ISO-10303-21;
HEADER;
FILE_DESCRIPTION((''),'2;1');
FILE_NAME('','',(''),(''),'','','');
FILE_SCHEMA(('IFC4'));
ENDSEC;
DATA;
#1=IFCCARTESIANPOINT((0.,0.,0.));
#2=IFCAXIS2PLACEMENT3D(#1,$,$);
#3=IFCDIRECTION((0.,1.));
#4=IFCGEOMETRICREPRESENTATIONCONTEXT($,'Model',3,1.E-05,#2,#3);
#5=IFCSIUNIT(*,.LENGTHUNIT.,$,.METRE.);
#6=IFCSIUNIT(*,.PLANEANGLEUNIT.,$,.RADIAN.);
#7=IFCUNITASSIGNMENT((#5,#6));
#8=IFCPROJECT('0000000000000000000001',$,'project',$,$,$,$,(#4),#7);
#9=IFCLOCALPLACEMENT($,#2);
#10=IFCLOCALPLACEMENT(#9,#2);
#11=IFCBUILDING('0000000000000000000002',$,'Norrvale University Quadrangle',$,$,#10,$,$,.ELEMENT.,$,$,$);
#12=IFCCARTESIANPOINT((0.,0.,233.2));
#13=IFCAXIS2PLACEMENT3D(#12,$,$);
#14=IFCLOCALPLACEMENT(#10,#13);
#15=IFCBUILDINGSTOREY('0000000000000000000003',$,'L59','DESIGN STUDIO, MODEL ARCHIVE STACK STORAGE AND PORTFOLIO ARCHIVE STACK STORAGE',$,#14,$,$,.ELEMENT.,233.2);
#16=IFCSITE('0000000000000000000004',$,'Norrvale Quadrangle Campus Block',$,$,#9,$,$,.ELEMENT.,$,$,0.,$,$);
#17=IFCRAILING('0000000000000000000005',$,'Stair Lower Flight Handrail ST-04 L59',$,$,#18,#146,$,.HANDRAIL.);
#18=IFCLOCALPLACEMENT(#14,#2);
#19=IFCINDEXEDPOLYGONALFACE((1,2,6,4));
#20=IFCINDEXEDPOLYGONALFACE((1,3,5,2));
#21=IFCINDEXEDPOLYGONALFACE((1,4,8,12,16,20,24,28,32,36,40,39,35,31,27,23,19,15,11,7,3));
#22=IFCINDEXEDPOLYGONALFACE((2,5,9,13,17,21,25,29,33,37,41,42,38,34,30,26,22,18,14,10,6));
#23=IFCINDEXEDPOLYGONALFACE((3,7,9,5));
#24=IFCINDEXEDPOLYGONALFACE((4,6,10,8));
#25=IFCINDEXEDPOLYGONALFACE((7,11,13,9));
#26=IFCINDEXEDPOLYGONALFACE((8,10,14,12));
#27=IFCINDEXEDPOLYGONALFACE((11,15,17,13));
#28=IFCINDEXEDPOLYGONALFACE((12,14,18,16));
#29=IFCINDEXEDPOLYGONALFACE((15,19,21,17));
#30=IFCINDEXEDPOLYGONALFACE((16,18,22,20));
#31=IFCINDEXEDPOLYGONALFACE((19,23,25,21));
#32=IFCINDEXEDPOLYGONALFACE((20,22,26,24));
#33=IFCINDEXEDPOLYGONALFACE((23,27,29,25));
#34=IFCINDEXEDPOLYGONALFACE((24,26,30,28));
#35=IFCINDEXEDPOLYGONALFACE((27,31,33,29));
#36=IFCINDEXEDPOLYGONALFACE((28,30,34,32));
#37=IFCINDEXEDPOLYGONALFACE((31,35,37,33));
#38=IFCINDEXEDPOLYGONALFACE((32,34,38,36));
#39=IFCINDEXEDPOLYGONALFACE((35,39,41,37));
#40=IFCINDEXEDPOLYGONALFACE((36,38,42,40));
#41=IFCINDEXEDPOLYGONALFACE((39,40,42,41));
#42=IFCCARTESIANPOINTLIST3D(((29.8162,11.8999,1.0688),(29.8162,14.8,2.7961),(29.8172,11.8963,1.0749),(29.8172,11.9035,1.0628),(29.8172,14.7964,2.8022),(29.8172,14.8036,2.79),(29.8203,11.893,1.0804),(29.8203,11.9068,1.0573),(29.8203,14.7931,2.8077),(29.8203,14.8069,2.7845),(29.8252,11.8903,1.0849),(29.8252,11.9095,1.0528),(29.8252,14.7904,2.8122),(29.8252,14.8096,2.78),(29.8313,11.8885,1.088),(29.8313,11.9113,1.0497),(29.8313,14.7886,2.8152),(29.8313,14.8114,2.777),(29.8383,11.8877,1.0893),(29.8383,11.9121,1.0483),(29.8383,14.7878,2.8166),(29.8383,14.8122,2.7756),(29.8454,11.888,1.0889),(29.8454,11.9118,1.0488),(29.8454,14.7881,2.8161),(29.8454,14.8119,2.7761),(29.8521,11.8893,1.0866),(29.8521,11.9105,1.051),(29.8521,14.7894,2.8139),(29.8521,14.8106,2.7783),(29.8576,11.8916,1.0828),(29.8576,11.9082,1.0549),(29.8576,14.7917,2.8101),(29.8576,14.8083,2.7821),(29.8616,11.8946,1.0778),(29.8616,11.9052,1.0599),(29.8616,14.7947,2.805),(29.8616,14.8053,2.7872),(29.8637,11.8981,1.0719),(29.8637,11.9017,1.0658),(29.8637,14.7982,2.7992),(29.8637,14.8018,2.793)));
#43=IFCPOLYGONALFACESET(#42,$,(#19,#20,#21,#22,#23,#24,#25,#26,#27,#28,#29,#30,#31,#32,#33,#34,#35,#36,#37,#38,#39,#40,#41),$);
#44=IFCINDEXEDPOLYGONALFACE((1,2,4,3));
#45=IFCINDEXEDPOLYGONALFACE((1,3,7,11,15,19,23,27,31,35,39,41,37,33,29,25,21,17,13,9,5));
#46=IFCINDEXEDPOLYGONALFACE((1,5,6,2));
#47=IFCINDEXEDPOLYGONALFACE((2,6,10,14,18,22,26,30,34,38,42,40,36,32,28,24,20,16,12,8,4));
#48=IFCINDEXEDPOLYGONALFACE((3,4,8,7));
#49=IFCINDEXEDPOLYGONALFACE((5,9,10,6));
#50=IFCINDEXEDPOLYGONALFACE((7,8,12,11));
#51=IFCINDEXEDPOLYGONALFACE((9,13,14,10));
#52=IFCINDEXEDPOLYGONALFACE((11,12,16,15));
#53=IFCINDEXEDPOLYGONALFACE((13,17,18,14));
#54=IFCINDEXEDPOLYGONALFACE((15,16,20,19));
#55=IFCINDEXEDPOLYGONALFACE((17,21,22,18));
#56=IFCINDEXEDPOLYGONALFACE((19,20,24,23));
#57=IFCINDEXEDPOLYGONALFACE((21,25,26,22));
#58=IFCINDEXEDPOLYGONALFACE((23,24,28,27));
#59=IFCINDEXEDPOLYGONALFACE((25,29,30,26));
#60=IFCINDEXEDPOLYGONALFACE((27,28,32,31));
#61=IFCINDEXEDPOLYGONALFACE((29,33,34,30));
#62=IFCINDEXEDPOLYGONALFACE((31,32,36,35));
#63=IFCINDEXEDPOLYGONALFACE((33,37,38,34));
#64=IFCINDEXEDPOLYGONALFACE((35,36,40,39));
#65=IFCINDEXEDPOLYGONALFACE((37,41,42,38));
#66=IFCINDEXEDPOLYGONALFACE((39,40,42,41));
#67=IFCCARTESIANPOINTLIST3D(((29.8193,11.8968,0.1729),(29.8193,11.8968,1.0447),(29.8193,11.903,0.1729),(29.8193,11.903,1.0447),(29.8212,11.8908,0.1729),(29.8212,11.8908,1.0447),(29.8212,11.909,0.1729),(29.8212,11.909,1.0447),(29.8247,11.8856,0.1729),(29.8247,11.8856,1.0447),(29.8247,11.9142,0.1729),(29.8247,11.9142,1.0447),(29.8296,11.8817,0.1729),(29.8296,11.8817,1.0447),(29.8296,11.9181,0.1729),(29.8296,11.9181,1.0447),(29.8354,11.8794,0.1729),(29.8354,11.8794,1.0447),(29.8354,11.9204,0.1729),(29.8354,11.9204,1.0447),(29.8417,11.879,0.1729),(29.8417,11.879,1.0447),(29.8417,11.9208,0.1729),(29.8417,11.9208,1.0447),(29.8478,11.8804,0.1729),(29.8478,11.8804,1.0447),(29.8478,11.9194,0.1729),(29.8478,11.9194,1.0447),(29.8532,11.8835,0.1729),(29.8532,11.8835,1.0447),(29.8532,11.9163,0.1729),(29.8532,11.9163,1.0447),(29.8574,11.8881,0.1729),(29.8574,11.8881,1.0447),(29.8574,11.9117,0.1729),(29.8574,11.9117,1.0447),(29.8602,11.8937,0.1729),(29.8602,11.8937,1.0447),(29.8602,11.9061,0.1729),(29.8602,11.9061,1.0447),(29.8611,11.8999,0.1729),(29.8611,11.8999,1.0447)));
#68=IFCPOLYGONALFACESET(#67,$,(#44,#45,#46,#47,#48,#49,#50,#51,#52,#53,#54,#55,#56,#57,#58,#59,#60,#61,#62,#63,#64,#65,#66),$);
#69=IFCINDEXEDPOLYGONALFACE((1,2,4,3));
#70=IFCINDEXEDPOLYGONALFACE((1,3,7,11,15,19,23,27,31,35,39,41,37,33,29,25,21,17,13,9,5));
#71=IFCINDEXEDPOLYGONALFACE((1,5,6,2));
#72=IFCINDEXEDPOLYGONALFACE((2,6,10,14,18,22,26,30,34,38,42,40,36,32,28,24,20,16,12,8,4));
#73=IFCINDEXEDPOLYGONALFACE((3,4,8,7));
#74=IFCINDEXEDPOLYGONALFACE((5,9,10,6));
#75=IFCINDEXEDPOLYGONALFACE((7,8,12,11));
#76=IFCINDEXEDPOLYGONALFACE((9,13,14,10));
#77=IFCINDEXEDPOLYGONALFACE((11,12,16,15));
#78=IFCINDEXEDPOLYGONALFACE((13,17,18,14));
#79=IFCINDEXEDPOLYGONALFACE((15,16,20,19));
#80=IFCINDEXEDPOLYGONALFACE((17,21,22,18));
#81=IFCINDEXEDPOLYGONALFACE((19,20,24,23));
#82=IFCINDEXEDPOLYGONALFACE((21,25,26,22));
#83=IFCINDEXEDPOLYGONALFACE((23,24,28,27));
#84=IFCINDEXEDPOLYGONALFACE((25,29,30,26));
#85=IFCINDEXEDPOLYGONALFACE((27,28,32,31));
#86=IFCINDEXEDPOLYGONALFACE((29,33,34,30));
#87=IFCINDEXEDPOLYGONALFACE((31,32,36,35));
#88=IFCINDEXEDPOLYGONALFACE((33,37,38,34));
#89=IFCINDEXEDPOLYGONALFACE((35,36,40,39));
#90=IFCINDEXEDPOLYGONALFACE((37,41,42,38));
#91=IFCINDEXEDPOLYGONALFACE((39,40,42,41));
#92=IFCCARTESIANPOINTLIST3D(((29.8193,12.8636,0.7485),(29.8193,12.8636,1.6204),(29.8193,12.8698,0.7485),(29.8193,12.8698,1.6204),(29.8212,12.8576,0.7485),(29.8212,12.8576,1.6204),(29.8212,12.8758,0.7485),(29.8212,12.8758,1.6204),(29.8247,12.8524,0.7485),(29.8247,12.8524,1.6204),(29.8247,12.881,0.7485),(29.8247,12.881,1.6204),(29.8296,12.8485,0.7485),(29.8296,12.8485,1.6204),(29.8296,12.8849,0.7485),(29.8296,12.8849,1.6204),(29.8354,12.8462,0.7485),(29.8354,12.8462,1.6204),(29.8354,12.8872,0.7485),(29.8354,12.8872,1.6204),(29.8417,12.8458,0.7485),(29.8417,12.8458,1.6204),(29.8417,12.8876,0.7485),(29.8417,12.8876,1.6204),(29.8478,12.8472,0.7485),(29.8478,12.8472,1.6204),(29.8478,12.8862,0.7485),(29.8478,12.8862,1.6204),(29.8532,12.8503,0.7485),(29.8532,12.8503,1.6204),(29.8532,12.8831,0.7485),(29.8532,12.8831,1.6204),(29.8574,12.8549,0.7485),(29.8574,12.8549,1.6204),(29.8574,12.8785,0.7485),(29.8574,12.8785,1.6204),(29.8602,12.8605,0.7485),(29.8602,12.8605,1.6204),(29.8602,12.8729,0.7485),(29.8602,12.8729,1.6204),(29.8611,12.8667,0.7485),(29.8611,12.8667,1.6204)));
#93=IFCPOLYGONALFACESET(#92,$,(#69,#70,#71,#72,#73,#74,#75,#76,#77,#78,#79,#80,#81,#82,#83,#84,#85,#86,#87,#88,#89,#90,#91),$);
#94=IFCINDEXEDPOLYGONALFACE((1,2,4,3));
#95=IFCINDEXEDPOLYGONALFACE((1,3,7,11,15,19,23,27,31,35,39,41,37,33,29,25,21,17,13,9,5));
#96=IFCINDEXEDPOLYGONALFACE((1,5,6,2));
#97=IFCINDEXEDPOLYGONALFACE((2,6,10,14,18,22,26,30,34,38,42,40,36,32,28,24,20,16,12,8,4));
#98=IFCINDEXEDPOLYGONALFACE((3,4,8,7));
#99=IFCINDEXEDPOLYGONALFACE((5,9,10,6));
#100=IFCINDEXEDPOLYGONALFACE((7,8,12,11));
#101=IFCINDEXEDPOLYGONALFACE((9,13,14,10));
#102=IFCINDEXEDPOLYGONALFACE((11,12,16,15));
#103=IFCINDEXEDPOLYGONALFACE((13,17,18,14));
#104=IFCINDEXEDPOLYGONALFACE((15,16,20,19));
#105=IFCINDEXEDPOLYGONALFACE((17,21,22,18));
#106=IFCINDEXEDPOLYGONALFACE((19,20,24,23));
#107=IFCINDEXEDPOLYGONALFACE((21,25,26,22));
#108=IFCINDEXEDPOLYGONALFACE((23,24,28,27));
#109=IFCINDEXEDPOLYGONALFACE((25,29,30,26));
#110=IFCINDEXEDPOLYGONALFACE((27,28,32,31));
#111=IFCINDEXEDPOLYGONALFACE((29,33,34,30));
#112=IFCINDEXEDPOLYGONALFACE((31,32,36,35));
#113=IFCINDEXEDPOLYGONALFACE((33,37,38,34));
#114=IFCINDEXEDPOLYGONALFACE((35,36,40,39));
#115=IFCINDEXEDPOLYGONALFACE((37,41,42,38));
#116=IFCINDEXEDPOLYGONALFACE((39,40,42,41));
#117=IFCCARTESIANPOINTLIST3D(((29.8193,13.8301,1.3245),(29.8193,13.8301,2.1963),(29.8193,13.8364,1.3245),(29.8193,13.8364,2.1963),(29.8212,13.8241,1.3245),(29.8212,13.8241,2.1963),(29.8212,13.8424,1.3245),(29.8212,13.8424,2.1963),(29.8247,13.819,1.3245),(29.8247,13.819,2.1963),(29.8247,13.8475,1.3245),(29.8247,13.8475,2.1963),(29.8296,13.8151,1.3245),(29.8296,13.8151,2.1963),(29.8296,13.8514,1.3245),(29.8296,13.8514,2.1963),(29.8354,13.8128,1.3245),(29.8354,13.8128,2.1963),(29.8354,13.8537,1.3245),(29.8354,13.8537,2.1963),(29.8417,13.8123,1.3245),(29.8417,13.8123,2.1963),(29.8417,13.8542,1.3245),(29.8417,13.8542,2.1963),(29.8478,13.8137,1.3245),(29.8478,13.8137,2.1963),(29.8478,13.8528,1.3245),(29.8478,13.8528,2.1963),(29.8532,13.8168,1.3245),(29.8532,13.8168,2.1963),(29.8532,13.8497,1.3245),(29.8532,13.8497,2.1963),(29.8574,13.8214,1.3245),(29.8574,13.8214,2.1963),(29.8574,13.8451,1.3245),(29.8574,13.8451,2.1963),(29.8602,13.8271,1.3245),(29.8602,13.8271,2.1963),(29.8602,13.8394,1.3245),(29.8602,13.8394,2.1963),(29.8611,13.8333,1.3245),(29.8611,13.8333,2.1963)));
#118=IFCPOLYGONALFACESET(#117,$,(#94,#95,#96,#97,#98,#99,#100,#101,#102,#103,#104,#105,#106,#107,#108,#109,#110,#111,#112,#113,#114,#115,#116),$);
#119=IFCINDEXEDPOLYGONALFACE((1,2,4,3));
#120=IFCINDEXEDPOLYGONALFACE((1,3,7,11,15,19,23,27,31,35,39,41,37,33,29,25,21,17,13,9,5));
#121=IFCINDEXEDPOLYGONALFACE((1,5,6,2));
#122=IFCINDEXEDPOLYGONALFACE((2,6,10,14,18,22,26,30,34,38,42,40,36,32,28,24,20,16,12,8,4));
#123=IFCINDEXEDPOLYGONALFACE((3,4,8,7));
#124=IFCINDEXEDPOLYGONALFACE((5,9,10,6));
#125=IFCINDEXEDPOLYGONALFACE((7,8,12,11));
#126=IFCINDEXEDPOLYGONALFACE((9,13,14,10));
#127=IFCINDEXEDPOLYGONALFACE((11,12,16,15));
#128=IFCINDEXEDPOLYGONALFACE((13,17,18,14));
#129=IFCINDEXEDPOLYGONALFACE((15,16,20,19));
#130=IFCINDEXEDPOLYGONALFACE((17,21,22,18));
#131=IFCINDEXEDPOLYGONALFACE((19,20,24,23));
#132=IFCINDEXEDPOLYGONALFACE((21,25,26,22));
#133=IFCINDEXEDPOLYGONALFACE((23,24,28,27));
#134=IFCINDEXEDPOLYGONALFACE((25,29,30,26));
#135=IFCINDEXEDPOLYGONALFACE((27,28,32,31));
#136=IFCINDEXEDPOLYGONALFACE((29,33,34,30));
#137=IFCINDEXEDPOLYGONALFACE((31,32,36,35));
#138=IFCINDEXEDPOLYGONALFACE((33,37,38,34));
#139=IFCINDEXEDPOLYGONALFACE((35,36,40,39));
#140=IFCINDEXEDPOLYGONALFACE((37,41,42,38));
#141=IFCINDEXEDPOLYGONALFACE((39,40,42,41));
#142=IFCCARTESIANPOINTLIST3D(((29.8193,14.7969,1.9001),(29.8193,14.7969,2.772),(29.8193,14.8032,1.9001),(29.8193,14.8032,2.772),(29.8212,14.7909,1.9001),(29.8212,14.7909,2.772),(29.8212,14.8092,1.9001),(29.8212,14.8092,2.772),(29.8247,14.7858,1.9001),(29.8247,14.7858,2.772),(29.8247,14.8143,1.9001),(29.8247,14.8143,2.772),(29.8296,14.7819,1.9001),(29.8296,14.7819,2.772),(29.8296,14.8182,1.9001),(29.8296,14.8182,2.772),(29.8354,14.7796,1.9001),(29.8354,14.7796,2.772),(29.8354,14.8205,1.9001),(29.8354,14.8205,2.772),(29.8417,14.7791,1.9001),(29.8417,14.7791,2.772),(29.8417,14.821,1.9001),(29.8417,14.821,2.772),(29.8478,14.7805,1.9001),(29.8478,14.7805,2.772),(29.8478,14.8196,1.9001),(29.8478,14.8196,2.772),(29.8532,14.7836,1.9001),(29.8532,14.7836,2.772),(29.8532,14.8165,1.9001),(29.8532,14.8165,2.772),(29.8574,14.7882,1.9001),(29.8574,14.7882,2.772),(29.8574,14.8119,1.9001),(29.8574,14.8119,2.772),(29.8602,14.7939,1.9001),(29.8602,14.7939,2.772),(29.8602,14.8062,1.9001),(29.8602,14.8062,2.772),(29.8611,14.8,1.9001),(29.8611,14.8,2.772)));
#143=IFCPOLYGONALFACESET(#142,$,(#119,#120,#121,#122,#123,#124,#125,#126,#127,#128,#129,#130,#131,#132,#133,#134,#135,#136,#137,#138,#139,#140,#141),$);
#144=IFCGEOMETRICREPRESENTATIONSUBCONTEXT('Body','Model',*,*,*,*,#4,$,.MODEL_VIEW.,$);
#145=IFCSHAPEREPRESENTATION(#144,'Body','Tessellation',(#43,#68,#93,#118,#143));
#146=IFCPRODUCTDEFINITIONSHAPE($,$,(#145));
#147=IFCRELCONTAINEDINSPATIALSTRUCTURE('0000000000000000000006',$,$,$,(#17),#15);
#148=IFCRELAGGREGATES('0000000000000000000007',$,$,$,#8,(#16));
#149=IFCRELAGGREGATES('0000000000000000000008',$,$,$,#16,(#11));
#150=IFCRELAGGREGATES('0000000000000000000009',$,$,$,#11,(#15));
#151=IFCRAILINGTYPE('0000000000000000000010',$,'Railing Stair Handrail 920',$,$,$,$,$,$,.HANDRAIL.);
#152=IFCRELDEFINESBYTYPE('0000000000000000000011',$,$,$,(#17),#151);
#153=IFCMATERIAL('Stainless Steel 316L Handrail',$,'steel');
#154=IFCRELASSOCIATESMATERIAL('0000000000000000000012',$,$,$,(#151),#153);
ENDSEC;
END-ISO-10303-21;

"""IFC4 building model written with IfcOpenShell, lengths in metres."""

from ifc_helpers import new_model, si_unit, direction, frame, origin, origin_2d, place, context, subcontext, project, spatial, circle, extrude, material, type_object, element, save


model = new_model("IFC4")

# Units and contexts
model_context = context("Model", 3, precision=1e-05, world=origin(), true_north=direction((0.0, 1.0)))
body_context = subcontext(model_context, "Body", "Model", "MODEL_VIEW")
ifc_project = project(units=[si_unit("LENGTHUNIT", "METRE"), si_unit("PLANEANGLEUNIT", "RADIAN")], contexts=[model_context])

# Site, building, storey
site_placement = place(None, origin())
site = spatial("IfcSite", under=ifc_project, at=site_placement, Name="Norrvale Quadrangle Campus Block", CompositionType="ELEMENT", RefElevation=0.0)
building_placement = place(site_placement, origin())
building = spatial("IfcBuilding", under=site, at=building_placement, Name="Norrvale University Quadrangle", CompositionType="ELEMENT")
storey_placement = place(building_placement, frame((0.0, 0.0, 233.2)))
storey = spatial("IfcBuildingStorey", under=building, at=storey_placement, Name="L59", Description="DESIGN STUDIO, MODEL ARCHIVE STACK STORAGE AND PORTFOLIO ARCHIVE STACK STORAGE", CompositionType="ELEMENT", Elevation=233.2)

# Railing
ifc_material_1 = material(Name="Stainless Steel 316L Handrail", Category="steel")
railing_type = type_object("IfcRailingType", Name="Railing Stair Handrail 920", PredefinedType="HANDRAIL", material=ifc_material_1)
railing_placement = place(storey_placement, frame((29.8401, 11.8999, 0.1729)))
element("IfcRailing", 1, at=railing_placement, inside=storey, type_object=railing_type, Name="Stair Lower Flight Handrail ST-04 L59", PredefinedType="HANDRAIL", context=body_context, shape_type="SweptSolid", body=[
    extrude(circle(Radius=0.0239, at=origin_2d()), frame((0.0, 0.0, 0.896), z_axis=(0.0, 0.85916, 0.511706), x_axis=(-1.0, 0.0, 0.0)), (0.0, 0.0, 1.0), 3.3755),
    extrude(circle(Radius=0.021, at=origin_2d()), origin(), (0.0, 0.0, 1.0), 0.8718),
    extrude(circle(Radius=0.021, at=origin_2d()), frame((0.0, 0.9668, 0.5757)), (0.0, 0.0, 1.0), 0.8718),
    extrude(circle(Radius=0.021, at=origin_2d()), frame((0.0, 1.9333, 1.1516)), (0.0, 0.0, 1.0), 0.8718),
    extrude(circle(Radius=0.021, at=origin_2d()), frame((0.0, 2.9001, 1.7273)), (0.0, 0.0, 1.0), 0.8718),
])

save(model, "model.ifc")
